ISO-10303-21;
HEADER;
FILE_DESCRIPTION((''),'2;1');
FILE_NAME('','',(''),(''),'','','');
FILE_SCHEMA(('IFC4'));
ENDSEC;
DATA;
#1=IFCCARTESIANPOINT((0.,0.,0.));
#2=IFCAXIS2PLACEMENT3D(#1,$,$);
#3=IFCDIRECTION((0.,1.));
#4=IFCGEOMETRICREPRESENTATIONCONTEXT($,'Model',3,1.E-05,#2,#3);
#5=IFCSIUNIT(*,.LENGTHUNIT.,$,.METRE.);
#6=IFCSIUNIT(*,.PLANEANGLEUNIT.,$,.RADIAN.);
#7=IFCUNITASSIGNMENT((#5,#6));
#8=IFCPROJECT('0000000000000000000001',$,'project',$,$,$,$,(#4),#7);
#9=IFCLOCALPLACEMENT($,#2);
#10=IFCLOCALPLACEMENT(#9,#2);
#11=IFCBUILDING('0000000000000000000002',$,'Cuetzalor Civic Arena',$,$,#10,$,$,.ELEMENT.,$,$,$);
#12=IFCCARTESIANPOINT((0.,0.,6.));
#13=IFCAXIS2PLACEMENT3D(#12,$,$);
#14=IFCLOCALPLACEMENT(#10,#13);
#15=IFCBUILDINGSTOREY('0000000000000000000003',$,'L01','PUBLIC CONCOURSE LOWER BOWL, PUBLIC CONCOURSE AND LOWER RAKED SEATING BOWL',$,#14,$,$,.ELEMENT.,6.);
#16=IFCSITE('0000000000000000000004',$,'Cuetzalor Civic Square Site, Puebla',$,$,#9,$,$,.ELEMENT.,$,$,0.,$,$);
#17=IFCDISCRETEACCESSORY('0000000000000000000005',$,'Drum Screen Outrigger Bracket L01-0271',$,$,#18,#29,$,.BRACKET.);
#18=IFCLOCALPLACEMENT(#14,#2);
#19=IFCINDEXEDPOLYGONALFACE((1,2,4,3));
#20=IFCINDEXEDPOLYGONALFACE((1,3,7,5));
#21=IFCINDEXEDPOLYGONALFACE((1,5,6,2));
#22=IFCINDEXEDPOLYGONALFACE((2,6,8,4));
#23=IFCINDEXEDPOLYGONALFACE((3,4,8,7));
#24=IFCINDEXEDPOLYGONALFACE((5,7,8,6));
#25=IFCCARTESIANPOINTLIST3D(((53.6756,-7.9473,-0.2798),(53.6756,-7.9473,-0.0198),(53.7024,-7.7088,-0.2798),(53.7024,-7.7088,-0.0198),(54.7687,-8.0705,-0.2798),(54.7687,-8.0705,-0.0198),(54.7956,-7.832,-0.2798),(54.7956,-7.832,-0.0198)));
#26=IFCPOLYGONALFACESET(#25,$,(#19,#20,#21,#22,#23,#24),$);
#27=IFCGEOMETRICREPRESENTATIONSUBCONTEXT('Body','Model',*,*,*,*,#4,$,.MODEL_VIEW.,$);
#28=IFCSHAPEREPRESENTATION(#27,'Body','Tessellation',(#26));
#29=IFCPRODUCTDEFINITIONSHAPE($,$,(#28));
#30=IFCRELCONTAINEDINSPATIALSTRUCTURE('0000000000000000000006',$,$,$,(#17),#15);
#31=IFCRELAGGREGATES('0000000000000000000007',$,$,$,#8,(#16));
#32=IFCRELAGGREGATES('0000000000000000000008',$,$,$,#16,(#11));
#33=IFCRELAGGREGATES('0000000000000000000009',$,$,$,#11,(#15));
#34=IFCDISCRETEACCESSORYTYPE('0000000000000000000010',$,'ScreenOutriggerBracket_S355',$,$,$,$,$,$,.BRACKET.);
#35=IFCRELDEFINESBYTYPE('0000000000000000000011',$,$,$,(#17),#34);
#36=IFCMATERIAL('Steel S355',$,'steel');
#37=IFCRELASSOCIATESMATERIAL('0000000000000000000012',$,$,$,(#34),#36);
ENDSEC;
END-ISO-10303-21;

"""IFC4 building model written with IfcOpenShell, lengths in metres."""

from ifc_helpers import new_model, si_unit, direction, frame, origin, origin_2d, place, context, subcontext, project, spatial, rectangle, extrude, material, type_object, element, save


model = new_model("IFC4")

# Units and contexts
model_context = context("Model", 3, precision=1e-05, world=origin(), true_north=direction((0.0, 1.0)))
body_context = subcontext(model_context, "Body", "Model", "MODEL_VIEW")
ifc_project = project(units=[si_unit("LENGTHUNIT", "METRE"), si_unit("PLANEANGLEUNIT", "RADIAN")], contexts=[model_context])

# Site, building, storey
site_placement = place(None, origin())
site = spatial("IfcSite", under=ifc_project, at=site_placement, Name="Cuetzalor Civic Square Site, Puebla", CompositionType="ELEMENT", RefElevation=0.0)
building_placement = place(site_placement, origin())
building = spatial("IfcBuilding", under=site, at=building_placement, Name="Cuetzalor Civic Arena", CompositionType="ELEMENT")
storey_placement = place(building_placement, frame((0.0, 0.0, 6.0)))
storey = spatial("IfcBuildingStorey", under=building, at=storey_placement, Name="L01", Description="PUBLIC CONCOURSE LOWER BOWL, PUBLIC CONCOURSE AND LOWER RAKED SEATING BOWL", CompositionType="ELEMENT", Elevation=6.0)

# Discrete accessory
ifc_material_1 = material(Name="Steel S355", Category="steel")
discrete_accessory_type = type_object("IfcDiscreteAccessoryType", Name="ScreenOutriggerBracket_S355", PredefinedType="BRACKET", material=ifc_material_1)
for number, where, z_axis, x_axis, name in (
    (1, (54.2356, -7.8896, -0.2798), (0.0, 0.0, 1.0), (0.993709, -0.111989, 0.0), "Drum Screen Outrigger Bracket L01-0271"),
):
    element("IfcDiscreteAccessory", number, at=place(storey_placement, frame(where, z_axis=z_axis, x_axis=x_axis)), inside=storey, type_object=discrete_accessory_type, Name=name, PredefinedType="BRACKET", context=body_context, shape_type="SweptSolid", body=[
        extrude(rectangle(XDim=1.1001, YDim=0.24, at=origin_2d()), origin(), (0.0, 0.0, 1.0), 0.26),
    ])

save(model, "model.ifc")
